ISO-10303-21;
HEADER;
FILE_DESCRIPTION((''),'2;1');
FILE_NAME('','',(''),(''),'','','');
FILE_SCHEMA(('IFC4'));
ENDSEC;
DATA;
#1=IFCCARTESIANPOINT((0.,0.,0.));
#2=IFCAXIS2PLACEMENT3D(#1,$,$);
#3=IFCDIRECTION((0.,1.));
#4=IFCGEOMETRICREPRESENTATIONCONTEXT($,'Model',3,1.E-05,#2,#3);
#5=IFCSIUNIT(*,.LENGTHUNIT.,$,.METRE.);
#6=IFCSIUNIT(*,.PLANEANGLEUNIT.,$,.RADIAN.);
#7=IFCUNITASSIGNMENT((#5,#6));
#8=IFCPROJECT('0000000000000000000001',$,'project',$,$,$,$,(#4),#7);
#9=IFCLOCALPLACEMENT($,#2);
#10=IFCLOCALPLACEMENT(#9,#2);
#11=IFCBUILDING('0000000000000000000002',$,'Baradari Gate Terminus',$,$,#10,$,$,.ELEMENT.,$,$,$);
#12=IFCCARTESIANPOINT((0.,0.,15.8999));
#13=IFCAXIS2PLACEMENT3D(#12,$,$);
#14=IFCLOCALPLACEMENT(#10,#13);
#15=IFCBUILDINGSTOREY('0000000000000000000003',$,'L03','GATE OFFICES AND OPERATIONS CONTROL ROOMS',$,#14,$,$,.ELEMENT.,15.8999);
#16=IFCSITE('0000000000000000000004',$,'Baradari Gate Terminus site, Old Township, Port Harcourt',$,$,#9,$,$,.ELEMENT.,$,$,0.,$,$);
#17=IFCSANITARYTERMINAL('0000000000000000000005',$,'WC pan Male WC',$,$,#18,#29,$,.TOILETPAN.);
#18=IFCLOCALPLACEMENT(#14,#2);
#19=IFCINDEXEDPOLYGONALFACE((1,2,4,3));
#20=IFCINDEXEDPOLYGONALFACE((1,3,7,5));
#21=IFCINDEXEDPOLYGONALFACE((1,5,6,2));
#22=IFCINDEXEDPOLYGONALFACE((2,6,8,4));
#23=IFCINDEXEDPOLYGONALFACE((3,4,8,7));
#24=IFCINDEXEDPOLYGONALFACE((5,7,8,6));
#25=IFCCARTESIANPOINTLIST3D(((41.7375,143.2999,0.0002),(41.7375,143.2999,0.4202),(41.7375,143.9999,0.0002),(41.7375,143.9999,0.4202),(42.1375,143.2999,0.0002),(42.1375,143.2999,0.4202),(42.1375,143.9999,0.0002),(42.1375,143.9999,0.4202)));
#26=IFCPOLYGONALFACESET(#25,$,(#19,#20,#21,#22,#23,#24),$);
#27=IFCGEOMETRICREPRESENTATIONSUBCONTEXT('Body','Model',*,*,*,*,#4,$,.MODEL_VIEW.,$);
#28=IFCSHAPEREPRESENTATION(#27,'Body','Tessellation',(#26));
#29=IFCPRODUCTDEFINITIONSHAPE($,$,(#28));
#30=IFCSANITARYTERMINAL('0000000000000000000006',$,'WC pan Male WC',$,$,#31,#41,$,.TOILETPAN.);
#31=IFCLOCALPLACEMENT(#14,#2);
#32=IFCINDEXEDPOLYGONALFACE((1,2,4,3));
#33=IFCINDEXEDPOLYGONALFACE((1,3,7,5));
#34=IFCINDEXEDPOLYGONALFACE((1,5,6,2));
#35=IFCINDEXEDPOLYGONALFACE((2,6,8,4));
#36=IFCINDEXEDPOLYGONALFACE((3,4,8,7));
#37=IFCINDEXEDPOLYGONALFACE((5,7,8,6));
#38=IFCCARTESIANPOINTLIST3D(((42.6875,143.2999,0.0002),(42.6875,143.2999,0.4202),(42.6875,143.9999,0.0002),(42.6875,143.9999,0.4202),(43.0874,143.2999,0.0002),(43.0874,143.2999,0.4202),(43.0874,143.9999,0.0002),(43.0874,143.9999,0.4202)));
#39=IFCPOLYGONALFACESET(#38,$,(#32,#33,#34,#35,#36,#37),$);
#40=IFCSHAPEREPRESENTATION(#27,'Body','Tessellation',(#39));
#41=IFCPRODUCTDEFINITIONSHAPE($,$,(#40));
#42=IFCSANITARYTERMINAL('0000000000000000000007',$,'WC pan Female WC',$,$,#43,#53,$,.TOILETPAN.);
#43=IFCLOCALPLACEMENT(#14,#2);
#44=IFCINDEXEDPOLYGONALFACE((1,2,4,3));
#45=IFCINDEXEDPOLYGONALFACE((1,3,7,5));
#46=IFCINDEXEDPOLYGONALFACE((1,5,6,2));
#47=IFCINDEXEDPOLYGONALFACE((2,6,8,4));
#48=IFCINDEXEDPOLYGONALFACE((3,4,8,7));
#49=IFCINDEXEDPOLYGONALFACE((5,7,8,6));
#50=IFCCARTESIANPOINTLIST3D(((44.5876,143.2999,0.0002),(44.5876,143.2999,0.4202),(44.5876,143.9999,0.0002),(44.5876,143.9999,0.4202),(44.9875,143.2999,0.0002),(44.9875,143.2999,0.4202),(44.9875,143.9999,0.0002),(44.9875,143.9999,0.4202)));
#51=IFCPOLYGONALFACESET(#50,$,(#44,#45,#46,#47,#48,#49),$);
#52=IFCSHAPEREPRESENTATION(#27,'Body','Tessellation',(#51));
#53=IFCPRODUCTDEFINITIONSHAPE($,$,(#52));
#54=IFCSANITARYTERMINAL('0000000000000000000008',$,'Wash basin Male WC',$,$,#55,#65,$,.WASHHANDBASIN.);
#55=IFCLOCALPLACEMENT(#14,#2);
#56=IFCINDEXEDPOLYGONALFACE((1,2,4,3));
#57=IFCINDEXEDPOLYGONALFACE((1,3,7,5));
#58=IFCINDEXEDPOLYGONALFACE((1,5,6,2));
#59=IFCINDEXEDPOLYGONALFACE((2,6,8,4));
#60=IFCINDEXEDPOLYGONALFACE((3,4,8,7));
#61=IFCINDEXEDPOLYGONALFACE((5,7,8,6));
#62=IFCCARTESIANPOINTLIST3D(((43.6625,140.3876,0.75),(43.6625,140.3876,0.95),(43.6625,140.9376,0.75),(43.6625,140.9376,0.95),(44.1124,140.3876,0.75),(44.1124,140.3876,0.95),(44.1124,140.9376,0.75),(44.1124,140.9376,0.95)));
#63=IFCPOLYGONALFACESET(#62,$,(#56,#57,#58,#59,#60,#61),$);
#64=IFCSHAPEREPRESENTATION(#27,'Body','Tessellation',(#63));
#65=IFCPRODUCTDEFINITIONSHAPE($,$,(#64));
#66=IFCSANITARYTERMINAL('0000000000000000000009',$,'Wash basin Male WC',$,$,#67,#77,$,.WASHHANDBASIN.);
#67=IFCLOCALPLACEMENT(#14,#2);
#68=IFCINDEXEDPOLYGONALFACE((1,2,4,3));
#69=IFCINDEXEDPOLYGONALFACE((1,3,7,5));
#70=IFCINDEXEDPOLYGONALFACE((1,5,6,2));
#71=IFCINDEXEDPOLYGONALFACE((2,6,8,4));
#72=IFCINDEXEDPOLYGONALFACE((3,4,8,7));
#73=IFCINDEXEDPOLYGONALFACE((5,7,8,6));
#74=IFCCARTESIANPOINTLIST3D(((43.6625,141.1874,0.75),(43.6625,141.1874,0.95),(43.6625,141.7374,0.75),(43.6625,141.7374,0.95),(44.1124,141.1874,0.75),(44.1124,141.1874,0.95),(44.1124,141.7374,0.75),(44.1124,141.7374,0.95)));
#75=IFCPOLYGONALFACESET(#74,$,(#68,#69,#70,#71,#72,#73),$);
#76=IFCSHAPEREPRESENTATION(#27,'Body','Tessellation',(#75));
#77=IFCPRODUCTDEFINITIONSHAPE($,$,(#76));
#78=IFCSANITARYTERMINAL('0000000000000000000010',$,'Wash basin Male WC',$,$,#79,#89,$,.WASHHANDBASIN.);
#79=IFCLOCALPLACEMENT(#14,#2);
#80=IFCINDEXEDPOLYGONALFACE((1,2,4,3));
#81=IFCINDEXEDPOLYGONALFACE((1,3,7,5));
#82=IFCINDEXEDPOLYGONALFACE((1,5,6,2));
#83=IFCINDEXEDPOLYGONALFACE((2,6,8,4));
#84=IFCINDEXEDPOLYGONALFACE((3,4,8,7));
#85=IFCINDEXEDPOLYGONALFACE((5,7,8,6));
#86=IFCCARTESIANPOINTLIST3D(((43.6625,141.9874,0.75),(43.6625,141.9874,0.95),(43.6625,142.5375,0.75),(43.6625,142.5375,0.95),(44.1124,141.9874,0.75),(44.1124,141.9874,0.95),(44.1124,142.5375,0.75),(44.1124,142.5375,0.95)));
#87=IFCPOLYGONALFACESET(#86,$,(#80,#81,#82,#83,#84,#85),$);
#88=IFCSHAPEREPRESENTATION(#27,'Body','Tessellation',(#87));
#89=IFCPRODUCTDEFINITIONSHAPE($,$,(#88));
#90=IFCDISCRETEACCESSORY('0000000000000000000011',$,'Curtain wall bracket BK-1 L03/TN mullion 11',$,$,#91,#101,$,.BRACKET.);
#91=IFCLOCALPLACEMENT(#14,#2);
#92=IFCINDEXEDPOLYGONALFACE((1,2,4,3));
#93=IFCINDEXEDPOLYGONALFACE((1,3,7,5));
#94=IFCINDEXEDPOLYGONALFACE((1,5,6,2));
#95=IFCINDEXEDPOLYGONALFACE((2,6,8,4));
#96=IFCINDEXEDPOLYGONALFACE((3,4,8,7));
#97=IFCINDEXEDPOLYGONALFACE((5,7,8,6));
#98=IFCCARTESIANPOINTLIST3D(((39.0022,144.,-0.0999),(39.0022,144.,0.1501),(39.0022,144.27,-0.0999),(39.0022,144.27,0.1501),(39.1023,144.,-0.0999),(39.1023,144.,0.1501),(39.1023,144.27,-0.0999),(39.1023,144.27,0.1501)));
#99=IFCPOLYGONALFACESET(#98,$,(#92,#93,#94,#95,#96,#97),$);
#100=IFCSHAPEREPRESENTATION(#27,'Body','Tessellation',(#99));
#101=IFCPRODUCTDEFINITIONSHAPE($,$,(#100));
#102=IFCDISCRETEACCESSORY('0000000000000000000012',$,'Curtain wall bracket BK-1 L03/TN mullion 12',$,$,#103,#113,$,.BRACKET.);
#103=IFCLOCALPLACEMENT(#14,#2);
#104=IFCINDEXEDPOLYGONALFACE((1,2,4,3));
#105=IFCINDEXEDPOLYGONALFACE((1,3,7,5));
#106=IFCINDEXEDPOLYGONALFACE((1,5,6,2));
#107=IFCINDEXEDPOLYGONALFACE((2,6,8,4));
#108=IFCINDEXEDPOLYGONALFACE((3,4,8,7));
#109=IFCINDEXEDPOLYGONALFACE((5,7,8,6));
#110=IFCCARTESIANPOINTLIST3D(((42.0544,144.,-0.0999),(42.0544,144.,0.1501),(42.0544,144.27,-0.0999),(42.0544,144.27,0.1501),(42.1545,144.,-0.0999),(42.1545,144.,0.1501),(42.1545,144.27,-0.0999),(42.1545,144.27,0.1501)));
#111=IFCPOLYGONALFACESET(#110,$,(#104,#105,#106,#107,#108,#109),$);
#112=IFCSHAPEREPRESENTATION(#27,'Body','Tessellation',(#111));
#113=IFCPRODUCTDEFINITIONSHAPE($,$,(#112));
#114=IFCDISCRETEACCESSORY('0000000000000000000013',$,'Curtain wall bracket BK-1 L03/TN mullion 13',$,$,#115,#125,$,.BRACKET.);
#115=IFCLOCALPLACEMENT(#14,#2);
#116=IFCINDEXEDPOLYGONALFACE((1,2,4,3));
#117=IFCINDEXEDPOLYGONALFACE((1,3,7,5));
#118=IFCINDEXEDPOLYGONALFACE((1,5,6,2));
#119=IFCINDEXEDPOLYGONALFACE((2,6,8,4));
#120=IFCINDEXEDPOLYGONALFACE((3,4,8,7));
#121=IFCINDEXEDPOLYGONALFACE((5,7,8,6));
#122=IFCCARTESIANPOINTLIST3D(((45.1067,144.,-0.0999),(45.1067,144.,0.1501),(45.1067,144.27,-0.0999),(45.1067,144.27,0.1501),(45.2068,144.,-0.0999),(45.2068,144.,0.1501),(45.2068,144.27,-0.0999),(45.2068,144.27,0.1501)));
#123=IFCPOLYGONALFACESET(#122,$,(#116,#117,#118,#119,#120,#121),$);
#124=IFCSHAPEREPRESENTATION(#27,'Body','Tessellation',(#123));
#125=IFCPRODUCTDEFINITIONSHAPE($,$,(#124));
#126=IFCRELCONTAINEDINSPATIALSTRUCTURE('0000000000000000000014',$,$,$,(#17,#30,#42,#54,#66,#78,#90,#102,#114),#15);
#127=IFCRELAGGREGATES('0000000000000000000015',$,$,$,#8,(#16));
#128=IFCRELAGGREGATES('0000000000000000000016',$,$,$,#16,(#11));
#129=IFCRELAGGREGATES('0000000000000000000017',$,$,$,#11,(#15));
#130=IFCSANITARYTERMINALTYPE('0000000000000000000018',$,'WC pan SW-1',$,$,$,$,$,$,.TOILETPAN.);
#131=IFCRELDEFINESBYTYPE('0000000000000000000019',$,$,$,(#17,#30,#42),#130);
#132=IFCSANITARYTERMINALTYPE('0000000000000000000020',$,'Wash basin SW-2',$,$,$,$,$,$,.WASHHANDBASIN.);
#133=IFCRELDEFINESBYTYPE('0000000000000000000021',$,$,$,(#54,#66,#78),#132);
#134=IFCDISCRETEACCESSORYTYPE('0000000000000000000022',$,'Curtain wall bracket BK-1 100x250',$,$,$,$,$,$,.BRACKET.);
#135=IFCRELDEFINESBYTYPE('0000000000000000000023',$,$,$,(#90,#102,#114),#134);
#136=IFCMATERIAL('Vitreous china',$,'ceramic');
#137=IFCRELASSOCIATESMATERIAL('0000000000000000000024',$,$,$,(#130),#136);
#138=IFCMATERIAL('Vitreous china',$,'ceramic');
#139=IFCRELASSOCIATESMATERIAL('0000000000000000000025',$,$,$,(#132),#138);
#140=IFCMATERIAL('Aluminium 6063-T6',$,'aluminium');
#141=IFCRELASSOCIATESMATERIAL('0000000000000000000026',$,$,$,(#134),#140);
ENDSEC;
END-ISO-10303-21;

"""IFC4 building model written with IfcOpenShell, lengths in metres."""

from ifc_helpers import new_model, si_unit, direction, frame, origin, origin_2d, place, context, subcontext, project, spatial, rectangle, extrude, material, type_object, element, save


model = new_model("IFC4")

# Units and contexts
model_context = context("Model", 3, precision=1e-05, world=origin(), true_north=direction((0.0, 1.0)))
body_context = subcontext(model_context, "Body", "Model", "MODEL_VIEW")
ifc_project = project(units=[si_unit("LENGTHUNIT", "METRE"), si_unit("PLANEANGLEUNIT", "RADIAN")], contexts=[model_context])

# Site, building, storey
site_placement = place(None, origin())
site = spatial("IfcSite", under=ifc_project, at=site_placement, Name="Baradari Gate Terminus site, Old Township, Port Harcourt", CompositionType="ELEMENT", RefElevation=0.0)
building_placement = place(site_placement, origin())
building = spatial("IfcBuilding", under=site, at=building_placement, Name="Baradari Gate Terminus", CompositionType="ELEMENT")
storey_placement = place(building_placement, frame((0.0, 0.0, 15.8999)))
storey = spatial("IfcBuildingStorey", under=building, at=storey_placement, Name="L03", Description="GATE OFFICES AND OPERATIONS CONTROL ROOMS", CompositionType="ELEMENT", Elevation=15.8999)

# Sanitary terminals
ifc_material_1 = material(Name="Vitreous china", Category="ceramic")
sanitary_terminal_type_1 = type_object("IfcSanitaryTerminalType", Name="WC pan SW-1", PredefinedType="TOILETPAN", material=ifc_material_1)
for number, where, z_axis, x_axis, name in (
    (1, (41.9375, 143.6499, 0.0002), (0.0, 0.0, 1.0), (1.0, 0.0, 0.0), "WC pan Male WC"),
    (2, (42.8875, 143.6499, 0.0002), (0.0, 0.0, 1.0), (1.0, 0.0, 0.0), "WC pan Male WC"),
    (3, (44.7876, 143.6499, 0.0002), (0.0, 0.0, 1.0), (1.0, 0.0, 0.0), "WC pan Female WC"),
):
    element("IfcSanitaryTerminal", number, at=place(storey_placement, frame(where, z_axis=z_axis, x_axis=x_axis)), inside=storey, type_object=sanitary_terminal_type_1, Name=name, PredefinedType="TOILETPAN", context=body_context, shape_type="SweptSolid", body=[
        extrude(rectangle(XDim=0.3999, YDim=0.7, at=origin_2d()), origin(), (0.0, 0.0, 1.0), 0.4199),
    ])
ifc_material_2 = material(Name="Vitreous china", Category="ceramic")
sanitary_terminal_type_2 = type_object("IfcSanitaryTerminalType", Name="Wash basin SW-2", PredefinedType="WASHHANDBASIN", material=ifc_material_2)
for number, where, z_axis, x_axis, name in (
    (4, (43.8875, 140.6626, 0.75), (0.0, 0.0, 1.0), (1.0, 0.0, 0.0), "Wash basin Male WC"),
    (5, (43.8875, 141.4624, 0.75), (0.0, 0.0, 1.0), (1.0, 0.0, 0.0), "Wash basin Male WC"),
    (6, (43.8875, 142.2625, 0.75), (0.0, 0.0, 1.0), (1.0, 0.0, 0.0), "Wash basin Male WC"),
):
    element("IfcSanitaryTerminal", number, at=place(storey_placement, frame(where, z_axis=z_axis, x_axis=x_axis)), inside=storey, type_object=sanitary_terminal_type_2, Name=name, PredefinedType="WASHHANDBASIN", context=body_context, shape_type="SweptSolid", body=[
        extrude(rectangle(XDim=0.45, YDim=0.55, at=origin_2d()), origin(), (0.0, 0.0, 1.0), 0.2),
    ])

# Discrete accessories
ifc_material_3 = material(Name="Aluminium 6063-T6", Category="aluminium")
discrete_accessory_type = type_object("IfcDiscreteAccessoryType", Name="Curtain wall bracket BK-1 100x250", PredefinedType="BRACKET", material=ifc_material_3)
for number, where, z_axis, x_axis, name in (
    (7, (39.0522, 144.135, -0.0999), (0.0, 0.0, 1.0), (0.0, 1.0, 0.0), "Curtain wall bracket BK-1 L03/TN mullion 11"),
    (8, (42.1045, 144.135, -0.0999), (0.0, 0.0, 1.0), (0.0, 1.0, 0.0), "Curtain wall bracket BK-1 L03/TN mullion 12"),
    (9, (45.1567, 144.135, -0.0999), (0.0, 0.0, 1.0), (0.0, 1.0, 0.0), "Curtain wall bracket BK-1 L03/TN mullion 13"),
):
    element("IfcDiscreteAccessory", number, at=place(storey_placement, frame(where, z_axis=z_axis, x_axis=x_axis)), inside=storey, type_object=discrete_accessory_type, Name=name, PredefinedType="BRACKET", context=body_context, shape_type="SweptSolid", body=[
        extrude(rectangle(XDim=0.27, YDim=0.1001, at=origin_2d()), origin(), (0.0, 0.0, 1.0), 0.25),
    ])

save(model, "model.ifc")
